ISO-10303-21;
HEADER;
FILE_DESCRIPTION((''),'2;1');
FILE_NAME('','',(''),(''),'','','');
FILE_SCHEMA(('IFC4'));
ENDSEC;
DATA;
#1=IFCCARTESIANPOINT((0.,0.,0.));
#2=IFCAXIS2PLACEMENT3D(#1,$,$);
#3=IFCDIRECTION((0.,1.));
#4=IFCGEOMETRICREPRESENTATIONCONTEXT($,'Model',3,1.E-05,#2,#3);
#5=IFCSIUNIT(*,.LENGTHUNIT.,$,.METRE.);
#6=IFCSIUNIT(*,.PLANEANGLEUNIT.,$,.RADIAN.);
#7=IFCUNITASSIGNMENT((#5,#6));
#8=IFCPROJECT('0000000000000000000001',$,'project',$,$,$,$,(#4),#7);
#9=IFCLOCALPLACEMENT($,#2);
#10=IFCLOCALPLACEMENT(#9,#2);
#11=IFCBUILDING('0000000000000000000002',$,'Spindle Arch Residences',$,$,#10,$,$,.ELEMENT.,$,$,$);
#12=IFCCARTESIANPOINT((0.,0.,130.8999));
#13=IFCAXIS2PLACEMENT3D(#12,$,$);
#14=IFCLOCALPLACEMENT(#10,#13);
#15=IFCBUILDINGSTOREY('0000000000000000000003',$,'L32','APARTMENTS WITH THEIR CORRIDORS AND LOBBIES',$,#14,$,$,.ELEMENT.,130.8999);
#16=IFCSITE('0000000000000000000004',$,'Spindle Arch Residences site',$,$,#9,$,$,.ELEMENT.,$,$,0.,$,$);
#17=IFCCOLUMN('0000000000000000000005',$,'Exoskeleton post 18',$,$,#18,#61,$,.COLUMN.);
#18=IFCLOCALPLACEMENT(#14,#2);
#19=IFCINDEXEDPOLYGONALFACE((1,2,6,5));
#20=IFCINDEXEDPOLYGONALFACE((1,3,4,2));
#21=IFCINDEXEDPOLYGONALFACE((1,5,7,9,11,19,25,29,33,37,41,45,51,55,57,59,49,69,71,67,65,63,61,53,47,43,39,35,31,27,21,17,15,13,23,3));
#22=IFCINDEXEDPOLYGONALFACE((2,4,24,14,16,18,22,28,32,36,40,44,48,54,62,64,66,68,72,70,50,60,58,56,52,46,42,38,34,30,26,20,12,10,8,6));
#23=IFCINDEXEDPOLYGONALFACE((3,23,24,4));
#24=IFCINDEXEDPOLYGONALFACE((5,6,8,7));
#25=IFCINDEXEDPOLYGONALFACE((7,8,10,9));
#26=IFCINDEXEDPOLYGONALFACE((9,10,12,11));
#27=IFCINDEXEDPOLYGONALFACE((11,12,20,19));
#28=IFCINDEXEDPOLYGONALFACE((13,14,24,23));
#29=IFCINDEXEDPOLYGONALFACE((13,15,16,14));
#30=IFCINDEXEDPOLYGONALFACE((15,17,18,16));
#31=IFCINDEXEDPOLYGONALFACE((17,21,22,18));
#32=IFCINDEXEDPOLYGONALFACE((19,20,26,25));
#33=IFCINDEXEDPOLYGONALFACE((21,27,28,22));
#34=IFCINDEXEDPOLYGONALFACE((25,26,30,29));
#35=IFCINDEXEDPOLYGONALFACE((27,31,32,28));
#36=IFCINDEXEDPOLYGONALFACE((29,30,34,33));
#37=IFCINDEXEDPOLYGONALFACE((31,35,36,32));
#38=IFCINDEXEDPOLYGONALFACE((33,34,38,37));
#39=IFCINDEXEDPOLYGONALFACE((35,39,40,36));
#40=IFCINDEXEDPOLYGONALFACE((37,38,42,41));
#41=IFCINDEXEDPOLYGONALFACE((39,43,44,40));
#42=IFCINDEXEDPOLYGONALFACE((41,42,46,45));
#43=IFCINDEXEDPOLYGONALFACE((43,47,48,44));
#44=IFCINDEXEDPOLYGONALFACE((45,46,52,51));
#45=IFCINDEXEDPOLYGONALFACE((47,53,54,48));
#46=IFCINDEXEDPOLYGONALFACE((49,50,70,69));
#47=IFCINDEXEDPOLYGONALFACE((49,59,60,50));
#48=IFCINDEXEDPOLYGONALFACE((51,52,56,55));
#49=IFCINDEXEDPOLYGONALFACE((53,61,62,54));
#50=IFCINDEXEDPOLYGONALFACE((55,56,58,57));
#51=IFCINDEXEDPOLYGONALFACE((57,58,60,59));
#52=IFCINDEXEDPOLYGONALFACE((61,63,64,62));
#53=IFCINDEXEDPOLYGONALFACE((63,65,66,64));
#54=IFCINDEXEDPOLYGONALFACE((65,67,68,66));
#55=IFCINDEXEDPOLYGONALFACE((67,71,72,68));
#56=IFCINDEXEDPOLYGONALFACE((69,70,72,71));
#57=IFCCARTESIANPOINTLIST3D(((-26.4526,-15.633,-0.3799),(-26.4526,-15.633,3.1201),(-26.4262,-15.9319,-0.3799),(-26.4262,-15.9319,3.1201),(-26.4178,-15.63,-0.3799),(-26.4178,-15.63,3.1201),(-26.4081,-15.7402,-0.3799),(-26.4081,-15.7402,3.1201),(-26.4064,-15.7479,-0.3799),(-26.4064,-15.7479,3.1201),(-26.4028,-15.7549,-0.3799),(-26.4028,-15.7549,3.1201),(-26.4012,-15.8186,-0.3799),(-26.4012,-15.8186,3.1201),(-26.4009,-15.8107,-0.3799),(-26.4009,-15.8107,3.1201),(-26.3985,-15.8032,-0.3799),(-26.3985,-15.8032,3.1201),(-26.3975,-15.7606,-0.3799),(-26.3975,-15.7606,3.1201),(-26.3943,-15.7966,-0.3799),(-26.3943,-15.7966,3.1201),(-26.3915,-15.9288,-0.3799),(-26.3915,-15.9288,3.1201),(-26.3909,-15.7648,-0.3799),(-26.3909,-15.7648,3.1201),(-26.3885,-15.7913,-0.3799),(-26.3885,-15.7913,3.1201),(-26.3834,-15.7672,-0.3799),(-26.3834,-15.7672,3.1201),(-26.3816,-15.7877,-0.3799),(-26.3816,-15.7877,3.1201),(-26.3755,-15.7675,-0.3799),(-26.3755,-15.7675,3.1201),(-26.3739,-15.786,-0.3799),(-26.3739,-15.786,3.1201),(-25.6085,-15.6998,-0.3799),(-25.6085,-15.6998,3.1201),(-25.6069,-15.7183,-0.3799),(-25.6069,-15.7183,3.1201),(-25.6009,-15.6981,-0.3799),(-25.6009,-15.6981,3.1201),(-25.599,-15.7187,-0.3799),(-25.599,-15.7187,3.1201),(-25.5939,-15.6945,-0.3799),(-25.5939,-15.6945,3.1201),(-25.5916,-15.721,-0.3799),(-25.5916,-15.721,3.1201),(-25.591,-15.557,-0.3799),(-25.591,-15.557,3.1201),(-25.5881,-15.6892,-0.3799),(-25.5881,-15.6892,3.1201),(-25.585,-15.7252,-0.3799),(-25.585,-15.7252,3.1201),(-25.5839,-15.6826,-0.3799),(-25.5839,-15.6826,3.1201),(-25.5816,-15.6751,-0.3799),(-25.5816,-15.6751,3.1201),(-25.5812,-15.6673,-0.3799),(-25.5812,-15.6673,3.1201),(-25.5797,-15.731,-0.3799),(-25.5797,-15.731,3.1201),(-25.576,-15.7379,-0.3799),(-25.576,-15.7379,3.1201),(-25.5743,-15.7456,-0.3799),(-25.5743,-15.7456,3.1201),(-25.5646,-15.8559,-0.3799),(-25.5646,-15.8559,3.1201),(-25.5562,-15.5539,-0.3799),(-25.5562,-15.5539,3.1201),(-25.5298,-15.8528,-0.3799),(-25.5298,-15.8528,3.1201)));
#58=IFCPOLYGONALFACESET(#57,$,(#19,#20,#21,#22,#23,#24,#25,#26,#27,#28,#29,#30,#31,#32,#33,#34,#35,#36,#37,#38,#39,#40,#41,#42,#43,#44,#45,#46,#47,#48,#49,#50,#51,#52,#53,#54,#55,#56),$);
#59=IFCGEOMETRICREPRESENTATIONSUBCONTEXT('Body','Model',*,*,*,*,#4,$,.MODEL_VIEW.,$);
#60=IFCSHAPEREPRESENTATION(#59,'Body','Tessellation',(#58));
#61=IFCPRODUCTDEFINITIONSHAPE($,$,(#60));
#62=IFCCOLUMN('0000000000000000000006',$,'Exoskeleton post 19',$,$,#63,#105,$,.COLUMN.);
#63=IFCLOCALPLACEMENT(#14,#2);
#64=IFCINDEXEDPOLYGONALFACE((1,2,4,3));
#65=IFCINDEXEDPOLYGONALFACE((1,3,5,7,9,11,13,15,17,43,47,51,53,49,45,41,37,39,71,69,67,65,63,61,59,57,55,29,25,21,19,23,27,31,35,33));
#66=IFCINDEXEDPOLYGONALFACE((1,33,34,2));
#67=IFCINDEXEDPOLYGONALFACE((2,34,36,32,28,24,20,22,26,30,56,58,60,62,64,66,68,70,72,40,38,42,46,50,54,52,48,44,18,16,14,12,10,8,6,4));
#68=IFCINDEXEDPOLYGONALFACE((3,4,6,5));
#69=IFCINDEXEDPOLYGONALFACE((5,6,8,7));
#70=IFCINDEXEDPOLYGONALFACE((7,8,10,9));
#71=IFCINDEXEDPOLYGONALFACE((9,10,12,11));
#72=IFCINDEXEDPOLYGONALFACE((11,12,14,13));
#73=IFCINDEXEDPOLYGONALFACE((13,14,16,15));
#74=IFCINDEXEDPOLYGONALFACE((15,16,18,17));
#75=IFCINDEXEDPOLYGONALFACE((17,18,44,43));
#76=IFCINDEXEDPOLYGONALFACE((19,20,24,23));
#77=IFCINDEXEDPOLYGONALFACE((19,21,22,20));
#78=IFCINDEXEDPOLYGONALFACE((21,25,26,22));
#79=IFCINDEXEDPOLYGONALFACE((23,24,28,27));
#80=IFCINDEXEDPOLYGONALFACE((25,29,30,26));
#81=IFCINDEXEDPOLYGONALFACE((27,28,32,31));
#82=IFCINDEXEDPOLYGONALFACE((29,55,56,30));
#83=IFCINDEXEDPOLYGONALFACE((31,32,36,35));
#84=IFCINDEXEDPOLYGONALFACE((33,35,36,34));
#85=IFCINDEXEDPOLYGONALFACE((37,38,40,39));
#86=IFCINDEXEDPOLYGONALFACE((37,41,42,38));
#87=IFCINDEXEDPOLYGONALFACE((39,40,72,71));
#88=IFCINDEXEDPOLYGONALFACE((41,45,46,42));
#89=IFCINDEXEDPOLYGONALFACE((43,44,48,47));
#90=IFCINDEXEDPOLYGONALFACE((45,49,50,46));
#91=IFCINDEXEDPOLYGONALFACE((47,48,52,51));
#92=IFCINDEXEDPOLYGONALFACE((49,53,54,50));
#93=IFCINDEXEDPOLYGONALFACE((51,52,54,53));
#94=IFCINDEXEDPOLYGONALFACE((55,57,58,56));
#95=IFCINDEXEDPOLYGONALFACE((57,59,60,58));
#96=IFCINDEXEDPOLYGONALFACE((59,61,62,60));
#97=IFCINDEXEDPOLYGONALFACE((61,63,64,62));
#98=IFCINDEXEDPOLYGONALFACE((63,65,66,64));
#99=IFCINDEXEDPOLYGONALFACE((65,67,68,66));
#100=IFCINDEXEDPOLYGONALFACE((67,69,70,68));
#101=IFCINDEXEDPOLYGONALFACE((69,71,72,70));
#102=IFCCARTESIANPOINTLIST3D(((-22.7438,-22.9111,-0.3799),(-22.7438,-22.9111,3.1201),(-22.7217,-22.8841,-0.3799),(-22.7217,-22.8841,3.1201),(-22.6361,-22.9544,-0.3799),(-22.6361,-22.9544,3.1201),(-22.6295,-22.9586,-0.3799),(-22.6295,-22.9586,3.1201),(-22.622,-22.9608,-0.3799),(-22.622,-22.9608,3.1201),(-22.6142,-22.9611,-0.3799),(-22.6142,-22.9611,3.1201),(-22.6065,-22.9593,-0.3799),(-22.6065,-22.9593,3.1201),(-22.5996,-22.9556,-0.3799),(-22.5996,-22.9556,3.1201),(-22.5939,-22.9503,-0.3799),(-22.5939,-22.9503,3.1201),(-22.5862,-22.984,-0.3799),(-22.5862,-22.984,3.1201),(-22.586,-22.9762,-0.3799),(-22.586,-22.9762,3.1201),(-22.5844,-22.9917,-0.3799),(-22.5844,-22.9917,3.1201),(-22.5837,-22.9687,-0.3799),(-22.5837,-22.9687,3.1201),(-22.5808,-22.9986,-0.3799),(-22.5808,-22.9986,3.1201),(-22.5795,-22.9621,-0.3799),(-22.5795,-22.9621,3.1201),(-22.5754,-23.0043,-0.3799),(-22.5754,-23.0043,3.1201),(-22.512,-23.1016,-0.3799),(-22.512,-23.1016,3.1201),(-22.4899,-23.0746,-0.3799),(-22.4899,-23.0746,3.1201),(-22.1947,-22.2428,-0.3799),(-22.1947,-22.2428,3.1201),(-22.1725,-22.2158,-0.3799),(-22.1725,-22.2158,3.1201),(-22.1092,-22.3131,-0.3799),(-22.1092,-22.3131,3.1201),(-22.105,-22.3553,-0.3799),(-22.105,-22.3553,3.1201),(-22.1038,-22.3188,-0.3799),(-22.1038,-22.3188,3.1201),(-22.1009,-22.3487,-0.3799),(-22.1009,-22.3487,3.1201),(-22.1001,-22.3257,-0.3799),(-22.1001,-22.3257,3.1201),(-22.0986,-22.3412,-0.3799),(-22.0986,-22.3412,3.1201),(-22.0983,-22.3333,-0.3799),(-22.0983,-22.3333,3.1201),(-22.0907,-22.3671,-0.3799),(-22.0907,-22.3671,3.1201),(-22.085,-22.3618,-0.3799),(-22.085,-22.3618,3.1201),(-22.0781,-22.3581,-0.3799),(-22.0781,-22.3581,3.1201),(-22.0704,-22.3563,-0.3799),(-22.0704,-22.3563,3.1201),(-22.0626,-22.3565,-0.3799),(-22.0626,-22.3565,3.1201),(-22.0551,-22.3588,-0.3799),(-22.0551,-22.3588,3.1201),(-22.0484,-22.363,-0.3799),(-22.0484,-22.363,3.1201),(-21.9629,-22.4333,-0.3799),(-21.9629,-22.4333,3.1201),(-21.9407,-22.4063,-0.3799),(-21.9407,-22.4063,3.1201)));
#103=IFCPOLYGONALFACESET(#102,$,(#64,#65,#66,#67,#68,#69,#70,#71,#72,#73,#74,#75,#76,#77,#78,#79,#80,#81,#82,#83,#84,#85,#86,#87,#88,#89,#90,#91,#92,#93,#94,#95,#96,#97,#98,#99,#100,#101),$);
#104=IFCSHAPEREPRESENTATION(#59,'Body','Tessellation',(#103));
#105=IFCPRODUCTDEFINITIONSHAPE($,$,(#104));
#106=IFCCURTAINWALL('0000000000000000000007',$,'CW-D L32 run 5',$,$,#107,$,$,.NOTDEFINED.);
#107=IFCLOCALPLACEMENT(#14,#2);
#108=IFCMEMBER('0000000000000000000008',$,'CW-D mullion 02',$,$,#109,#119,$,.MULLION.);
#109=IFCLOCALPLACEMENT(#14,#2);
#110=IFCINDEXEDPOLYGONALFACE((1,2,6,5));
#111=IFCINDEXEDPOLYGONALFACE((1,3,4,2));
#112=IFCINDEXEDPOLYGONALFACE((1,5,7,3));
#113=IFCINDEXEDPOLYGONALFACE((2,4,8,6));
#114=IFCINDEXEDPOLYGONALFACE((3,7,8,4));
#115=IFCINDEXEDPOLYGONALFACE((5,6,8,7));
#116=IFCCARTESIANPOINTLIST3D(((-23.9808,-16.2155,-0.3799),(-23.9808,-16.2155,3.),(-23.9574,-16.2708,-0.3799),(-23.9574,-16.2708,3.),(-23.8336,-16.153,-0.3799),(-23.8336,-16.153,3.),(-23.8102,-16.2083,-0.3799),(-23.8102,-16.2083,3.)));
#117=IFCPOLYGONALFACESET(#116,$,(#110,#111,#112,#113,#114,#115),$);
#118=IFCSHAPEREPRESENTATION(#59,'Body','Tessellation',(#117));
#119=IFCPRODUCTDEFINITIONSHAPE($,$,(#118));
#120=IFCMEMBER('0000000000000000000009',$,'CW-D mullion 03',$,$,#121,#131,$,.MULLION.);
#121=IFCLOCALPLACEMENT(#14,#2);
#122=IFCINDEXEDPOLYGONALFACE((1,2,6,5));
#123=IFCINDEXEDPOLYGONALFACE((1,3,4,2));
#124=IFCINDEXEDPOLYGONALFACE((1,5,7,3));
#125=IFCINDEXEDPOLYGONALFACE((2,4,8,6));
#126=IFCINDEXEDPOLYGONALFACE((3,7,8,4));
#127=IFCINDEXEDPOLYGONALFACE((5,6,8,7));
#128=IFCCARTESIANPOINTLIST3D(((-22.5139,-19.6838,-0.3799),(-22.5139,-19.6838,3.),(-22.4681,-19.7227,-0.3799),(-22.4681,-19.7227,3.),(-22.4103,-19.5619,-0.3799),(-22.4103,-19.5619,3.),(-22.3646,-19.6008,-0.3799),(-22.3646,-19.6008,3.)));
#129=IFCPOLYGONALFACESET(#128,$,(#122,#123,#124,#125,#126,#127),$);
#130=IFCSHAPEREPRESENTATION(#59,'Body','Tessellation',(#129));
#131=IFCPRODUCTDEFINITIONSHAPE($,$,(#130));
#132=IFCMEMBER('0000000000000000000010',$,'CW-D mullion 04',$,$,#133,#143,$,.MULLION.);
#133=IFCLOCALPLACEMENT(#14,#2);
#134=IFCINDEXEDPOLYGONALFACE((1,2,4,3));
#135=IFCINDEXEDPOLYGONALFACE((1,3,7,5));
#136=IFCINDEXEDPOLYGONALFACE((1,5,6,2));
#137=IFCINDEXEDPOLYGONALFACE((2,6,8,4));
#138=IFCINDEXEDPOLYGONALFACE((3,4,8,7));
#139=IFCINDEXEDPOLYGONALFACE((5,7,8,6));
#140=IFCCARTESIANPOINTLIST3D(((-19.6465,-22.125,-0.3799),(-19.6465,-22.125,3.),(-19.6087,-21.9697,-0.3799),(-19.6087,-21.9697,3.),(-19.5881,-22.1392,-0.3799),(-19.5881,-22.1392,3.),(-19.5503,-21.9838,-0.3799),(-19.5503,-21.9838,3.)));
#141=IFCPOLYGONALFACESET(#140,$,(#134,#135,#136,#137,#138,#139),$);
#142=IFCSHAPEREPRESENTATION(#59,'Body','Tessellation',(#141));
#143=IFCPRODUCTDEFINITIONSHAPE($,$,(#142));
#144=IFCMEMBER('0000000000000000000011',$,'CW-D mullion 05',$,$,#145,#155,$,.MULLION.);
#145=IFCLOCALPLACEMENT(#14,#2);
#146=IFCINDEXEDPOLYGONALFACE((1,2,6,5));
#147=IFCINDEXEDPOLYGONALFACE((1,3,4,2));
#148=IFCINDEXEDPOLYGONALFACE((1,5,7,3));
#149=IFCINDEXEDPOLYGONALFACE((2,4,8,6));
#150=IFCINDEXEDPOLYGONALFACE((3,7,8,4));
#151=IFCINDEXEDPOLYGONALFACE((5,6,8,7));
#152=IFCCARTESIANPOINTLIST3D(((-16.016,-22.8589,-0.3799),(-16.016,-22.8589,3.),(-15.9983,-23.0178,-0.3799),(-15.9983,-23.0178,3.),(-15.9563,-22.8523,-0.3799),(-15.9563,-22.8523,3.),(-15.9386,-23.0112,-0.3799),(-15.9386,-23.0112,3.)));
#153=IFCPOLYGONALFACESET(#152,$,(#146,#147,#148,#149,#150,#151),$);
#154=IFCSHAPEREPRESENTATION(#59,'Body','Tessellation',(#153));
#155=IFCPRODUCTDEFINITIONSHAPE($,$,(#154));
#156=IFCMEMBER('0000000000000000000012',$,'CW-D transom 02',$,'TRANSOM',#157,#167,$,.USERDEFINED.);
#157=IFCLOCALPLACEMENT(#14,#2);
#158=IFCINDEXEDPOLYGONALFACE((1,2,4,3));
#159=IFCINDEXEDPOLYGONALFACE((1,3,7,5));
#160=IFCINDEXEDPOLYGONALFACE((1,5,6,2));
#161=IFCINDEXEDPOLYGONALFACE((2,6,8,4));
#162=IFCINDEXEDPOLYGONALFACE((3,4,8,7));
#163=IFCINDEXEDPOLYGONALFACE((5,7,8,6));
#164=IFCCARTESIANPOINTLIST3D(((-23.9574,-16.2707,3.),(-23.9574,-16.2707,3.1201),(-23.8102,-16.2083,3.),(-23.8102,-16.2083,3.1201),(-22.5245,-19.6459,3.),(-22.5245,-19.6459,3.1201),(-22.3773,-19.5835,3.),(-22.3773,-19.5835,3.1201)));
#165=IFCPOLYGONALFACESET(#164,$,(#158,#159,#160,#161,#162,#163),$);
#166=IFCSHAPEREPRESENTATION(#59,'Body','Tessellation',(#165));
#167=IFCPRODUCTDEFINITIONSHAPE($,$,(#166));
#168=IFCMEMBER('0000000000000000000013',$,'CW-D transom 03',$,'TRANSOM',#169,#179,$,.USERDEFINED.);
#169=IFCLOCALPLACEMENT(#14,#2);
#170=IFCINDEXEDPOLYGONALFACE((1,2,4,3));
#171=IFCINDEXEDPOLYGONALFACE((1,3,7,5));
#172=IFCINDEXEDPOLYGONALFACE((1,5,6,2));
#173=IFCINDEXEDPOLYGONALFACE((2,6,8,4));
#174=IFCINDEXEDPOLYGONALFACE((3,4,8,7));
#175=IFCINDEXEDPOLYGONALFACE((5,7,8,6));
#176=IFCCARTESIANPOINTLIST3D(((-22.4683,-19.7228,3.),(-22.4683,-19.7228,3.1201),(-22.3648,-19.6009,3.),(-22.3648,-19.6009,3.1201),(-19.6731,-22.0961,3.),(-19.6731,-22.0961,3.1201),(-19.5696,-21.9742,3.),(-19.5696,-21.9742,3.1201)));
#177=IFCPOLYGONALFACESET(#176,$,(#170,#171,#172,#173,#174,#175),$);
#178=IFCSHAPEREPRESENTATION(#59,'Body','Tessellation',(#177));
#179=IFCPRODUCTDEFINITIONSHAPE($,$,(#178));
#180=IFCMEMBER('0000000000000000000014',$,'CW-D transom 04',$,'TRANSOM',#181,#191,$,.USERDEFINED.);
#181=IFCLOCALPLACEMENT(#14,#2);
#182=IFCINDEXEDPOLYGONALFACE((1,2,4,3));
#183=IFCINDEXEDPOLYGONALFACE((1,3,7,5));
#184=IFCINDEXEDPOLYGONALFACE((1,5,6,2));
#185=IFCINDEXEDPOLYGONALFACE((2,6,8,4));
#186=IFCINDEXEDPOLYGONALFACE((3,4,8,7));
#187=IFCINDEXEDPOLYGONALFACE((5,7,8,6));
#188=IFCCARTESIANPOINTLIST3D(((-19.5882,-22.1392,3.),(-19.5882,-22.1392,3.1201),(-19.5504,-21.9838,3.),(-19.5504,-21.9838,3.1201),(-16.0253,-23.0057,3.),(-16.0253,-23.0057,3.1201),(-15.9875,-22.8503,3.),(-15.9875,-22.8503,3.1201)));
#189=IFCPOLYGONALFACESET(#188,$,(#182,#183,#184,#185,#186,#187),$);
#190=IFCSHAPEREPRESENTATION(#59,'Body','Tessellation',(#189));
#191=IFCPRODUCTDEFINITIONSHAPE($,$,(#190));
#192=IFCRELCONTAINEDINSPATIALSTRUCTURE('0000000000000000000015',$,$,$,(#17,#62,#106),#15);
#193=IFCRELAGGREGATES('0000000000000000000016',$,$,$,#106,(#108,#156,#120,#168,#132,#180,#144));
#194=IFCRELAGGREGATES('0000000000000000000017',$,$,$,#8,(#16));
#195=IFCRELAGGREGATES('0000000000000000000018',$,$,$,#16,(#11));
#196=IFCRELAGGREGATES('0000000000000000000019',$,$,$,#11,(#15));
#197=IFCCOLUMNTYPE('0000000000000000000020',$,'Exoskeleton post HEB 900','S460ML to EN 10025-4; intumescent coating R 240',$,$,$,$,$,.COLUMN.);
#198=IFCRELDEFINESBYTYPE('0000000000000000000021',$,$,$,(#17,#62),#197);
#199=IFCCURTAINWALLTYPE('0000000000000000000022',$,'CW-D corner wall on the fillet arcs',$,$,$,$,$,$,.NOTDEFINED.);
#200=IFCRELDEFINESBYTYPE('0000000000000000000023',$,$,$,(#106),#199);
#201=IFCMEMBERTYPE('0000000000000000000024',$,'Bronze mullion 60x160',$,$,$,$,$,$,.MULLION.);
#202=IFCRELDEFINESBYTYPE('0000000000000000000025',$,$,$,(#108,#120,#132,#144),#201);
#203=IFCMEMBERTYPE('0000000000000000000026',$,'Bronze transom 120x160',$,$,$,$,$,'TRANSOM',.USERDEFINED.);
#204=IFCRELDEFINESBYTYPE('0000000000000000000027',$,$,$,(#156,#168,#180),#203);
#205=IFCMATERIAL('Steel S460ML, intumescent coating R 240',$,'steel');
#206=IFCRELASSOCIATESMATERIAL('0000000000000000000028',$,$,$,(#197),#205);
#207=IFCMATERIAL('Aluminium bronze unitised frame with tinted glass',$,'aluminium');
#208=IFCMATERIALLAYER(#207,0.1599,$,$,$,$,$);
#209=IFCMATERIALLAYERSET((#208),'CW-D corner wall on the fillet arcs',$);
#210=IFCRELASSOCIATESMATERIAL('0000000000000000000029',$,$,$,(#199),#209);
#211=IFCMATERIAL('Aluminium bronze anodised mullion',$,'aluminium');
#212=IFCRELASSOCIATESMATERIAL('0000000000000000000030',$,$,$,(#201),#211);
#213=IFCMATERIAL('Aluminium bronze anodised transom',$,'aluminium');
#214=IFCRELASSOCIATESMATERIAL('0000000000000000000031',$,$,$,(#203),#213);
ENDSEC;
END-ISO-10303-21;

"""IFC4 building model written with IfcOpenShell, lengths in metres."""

from ifc_helpers import new_model, si_unit, direction, frame, origin, origin_2d, place, context, subcontext, project, spatial, rectangle, i_section, extrude, material, layer, layer_set, material_profile, profile_set, type_object, element, aggregate, save


model = new_model("IFC4")

# Units and contexts
model_context = context("Model", 3, precision=1e-05, world=origin(), true_north=direction((0.0, 1.0)))
body_context = subcontext(model_context, "Body", "Model", "MODEL_VIEW")
ifc_project = project(units=[si_unit("LENGTHUNIT", "METRE"), si_unit("PLANEANGLEUNIT", "RADIAN")], contexts=[model_context])

# Site, building, storey
site_placement = place(None, origin())
site = spatial("IfcSite", under=ifc_project, at=site_placement, Name="Spindle Arch Residences site", CompositionType="ELEMENT", RefElevation=0.0)
building_placement = place(site_placement, origin())
building = spatial("IfcBuilding", under=site, at=building_placement, Name="Spindle Arch Residences", CompositionType="ELEMENT")
storey_placement = place(building_placement, frame((0.0, 0.0, 130.8999)))
storey = spatial("IfcBuildingStorey", under=building, at=storey_placement, Name="L32", Description="APARTMENTS WITH THEIR CORRIDORS AND LOBBIES", CompositionType="ELEMENT", Elevation=130.8999)

# Columns
ifc_material_1 = material(Name="Steel S460ML, intumescent coating R 240", Category="steel")
ifc_material_profile_1 = material_profile(ifc_material_1, i_section(OverallWidth=0.3, OverallDepth=0.8999, WebThickness=0.0186, FlangeThickness=0.0349, FilletRadius=0.03, at=origin_2d()), Name="HEB 900")
ifc_profile_set_1 = profile_set([ifc_material_profile_1], Name="Steel S460ML, intumescent coating R 240")
column_type = type_object("IfcColumnType", Name="Exoskeleton post HEB 900", Description="S460ML to EN 10025-4; intumescent coating R 240", PredefinedType="COLUMN", material=ifc_profile_set_1)
for number, where, z_axis, x_axis, name in (
    (1, (-25.9912, -15.7429, -0.3799), (0.0, 0.0, 1.0), (-0.087905, 0.996129, 0.0), "Exoskeleton post 18"),
    (2, (-22.3423, -22.6587, -0.3799), (0.0, 0.0, 1.0), (-0.772638, 0.634847, 0.0), "Exoskeleton post 19"),
):
    element("IfcColumn", number, at=place(storey_placement, frame(where, z_axis=z_axis, x_axis=x_axis)), inside=storey, type_object=column_type, Name=name, PredefinedType="COLUMN", context=body_context, shape_type="SweptSolid", body=[
        extrude(i_section(OverallWidth=0.3, OverallDepth=0.8999, WebThickness=0.0186, FlangeThickness=0.0349, FilletRadius=0.03, at=origin_2d()), origin(), (0.0, 0.0, 1.0), 3.5),
    ])

# Curtain wall, members
ifc_material_2 = material(Name="Aluminium bronze unitised frame with tinted glass", Category="aluminium")
ifc_layer_1 = layer(ifc_material_2, 0.1599)
ifc_layer_set_1 = layer_set([ifc_layer_1], Name="CW-D corner wall on the fillet arcs")
curtain_wall_type = type_object("IfcCurtainWallType", Name="CW-D corner wall on the fillet arcs", PredefinedType="NOTDEFINED", material=ifc_layer_set_1)
curtain_wall_placement = place(storey_placement, origin())
curtain_wall = element("IfcCurtainWall", 3, at=curtain_wall_placement, inside=storey, type_object=curtain_wall_type, Name="CW-D L32 run 5", PredefinedType="NOTDEFINED")
ifc_material_3 = material(Name="Aluminium bronze anodised mullion", Category="aluminium")
ifc_material_profile_2 = material_profile(ifc_material_3, rectangle(XDim=0.1599, YDim=0.0601, at=origin_2d()), Name="MU 60x160")
ifc_profile_set_2 = profile_set([ifc_material_profile_2], Name="Aluminium bronze anodised mullion")
member_type_1 = type_object("IfcMemberType", Name="Bronze mullion 60x160", PredefinedType="MULLION", material=ifc_profile_set_2)
member_1_placement = place(storey_placement, frame((-23.8955, -16.2119, -0.3799), z_axis=(0.0, 0.0, 1.0), x_axis=(0.920505, 0.390731, 0.0)))
member_1 = element("IfcMember", 4, at=member_1_placement, type_object=member_type_1, Name="CW-D mullion 02", PredefinedType="MULLION", context=body_context, shape_type="SweptSolid", body=[
    extrude(rectangle(XDim=0.1599, YDim=0.0601, at=origin_2d()), origin(), (0.0, 0.0, 1.0), 3.3799),
])
member_2_placement = place(storey_placement, frame((-22.4392, -19.6423, -0.3799), z_axis=(0.0, 0.0, 1.0), x_axis=(0.647233, 0.762292, 0.0)))
member_2 = element("IfcMember", 5, at=member_2_placement, type_object=member_type_1, Name="CW-D mullion 03", PredefinedType="MULLION", context=body_context, shape_type="SweptSolid", body=[
    extrude(rectangle(XDim=0.1599, YDim=0.0601, at=origin_2d()), origin(), (0.0, 0.0, 1.0), 3.3799),
])
member_3_placement = place(storey_placement, frame((-19.5984, -22.0544, -0.3799), z_axis=(0.0, 0.0, 1.0), x_axis=(0.236273, 0.971687, 0.0)))
member_3 = element("IfcMember", 6, at=member_3_placement, type_object=member_type_1, Name="CW-D mullion 04", PredefinedType="MULLION", context=body_context, shape_type="SweptSolid", body=[
    extrude(rectangle(XDim=0.1599, YDim=0.0601, at=origin_2d()), origin(), (0.0, 0.0, 1.0), 3.3799),
])
member_4_placement = place(storey_placement, frame((-15.9773, -22.9351, -0.3799), z_axis=(0.0, 0.0, 1.0), x_axis=(-0.110313, 0.993897, 0.0)))
member_4 = element("IfcMember", 7, at=member_4_placement, type_object=member_type_1, Name="CW-D mullion 05", PredefinedType="MULLION", context=body_context, shape_type="SweptSolid", body=[
    extrude(rectangle(XDim=0.1599, YDim=0.0601, at=origin_2d()), origin(), (0.0, 0.0, 1.0), 3.3799),
])
ifc_material_4 = material(Name="Aluminium bronze anodised transom", Category="aluminium")
ifc_material_profile_3 = material_profile(ifc_material_4, rectangle(XDim=0.1599, YDim=0.1201, at=origin_2d()), Name="TR 120x160")
ifc_profile_set_3 = profile_set([ifc_material_profile_3], Name="Aluminium bronze anodised transom")
member_type_2 = type_object("IfcMemberType", Name="Bronze transom 120x160", ElementType="TRANSOM", PredefinedType="USERDEFINED", material=ifc_profile_set_3)
member_5_placement = place(storey_placement, frame((-23.8838, -16.2395, 3.0601), z_axis=(0.390767, -0.92049, 0.0), x_axis=(0.92049, 0.390767, 0.0)))
member_5 = element("IfcMember", 8, at=member_5_placement, type_object=member_type_2, Name="CW-D transom 02", ObjectType="TRANSOM", PredefinedType="USERDEFINED", context=body_context, shape_type="SweptSolid", body=[
    extrude(rectangle(XDim=0.1599, YDim=0.1201, at=origin_2d()), origin(), (0.0, 0.0, 1.0), 3.6667),
])
member_6_placement = place(storey_placement, frame((-22.4165, -19.6619, 3.0601), z_axis=(0.762289, -0.647237, 0.0), x_axis=(0.647237, 0.762289, 0.0)))
member_6 = element("IfcMember", 9, at=member_6_placement, type_object=member_type_2, Name="CW-D transom 03", ObjectType="TRANSOM", PredefinedType="USERDEFINED", context=body_context, shape_type="SweptSolid", body=[
    extrude(rectangle(XDim=0.1599, YDim=0.1201, at=origin_2d()), origin(), (0.0, 0.0, 1.0), 3.6667),
])
member_7_placement = place(storey_placement, frame((-19.5693, -22.0615, 3.0601), z_axis=(0.971681, -0.236296, 0.0), x_axis=(0.236296, 0.971681, 0.0)))
member_7 = element("IfcMember", 10, at=member_7_placement, type_object=member_type_2, Name="CW-D transom 04", ObjectType="TRANSOM", PredefinedType="USERDEFINED", context=body_context, shape_type="SweptSolid", body=[
    extrude(rectangle(XDim=0.1599, YDim=0.1201, at=origin_2d()), origin(), (0.0, 0.0, 1.0), 3.6667),
])

aggregate(curtain_wall, [member_1, member_5, member_2, member_6, member_3, member_7, member_4])

save(model, "model.ifc")
